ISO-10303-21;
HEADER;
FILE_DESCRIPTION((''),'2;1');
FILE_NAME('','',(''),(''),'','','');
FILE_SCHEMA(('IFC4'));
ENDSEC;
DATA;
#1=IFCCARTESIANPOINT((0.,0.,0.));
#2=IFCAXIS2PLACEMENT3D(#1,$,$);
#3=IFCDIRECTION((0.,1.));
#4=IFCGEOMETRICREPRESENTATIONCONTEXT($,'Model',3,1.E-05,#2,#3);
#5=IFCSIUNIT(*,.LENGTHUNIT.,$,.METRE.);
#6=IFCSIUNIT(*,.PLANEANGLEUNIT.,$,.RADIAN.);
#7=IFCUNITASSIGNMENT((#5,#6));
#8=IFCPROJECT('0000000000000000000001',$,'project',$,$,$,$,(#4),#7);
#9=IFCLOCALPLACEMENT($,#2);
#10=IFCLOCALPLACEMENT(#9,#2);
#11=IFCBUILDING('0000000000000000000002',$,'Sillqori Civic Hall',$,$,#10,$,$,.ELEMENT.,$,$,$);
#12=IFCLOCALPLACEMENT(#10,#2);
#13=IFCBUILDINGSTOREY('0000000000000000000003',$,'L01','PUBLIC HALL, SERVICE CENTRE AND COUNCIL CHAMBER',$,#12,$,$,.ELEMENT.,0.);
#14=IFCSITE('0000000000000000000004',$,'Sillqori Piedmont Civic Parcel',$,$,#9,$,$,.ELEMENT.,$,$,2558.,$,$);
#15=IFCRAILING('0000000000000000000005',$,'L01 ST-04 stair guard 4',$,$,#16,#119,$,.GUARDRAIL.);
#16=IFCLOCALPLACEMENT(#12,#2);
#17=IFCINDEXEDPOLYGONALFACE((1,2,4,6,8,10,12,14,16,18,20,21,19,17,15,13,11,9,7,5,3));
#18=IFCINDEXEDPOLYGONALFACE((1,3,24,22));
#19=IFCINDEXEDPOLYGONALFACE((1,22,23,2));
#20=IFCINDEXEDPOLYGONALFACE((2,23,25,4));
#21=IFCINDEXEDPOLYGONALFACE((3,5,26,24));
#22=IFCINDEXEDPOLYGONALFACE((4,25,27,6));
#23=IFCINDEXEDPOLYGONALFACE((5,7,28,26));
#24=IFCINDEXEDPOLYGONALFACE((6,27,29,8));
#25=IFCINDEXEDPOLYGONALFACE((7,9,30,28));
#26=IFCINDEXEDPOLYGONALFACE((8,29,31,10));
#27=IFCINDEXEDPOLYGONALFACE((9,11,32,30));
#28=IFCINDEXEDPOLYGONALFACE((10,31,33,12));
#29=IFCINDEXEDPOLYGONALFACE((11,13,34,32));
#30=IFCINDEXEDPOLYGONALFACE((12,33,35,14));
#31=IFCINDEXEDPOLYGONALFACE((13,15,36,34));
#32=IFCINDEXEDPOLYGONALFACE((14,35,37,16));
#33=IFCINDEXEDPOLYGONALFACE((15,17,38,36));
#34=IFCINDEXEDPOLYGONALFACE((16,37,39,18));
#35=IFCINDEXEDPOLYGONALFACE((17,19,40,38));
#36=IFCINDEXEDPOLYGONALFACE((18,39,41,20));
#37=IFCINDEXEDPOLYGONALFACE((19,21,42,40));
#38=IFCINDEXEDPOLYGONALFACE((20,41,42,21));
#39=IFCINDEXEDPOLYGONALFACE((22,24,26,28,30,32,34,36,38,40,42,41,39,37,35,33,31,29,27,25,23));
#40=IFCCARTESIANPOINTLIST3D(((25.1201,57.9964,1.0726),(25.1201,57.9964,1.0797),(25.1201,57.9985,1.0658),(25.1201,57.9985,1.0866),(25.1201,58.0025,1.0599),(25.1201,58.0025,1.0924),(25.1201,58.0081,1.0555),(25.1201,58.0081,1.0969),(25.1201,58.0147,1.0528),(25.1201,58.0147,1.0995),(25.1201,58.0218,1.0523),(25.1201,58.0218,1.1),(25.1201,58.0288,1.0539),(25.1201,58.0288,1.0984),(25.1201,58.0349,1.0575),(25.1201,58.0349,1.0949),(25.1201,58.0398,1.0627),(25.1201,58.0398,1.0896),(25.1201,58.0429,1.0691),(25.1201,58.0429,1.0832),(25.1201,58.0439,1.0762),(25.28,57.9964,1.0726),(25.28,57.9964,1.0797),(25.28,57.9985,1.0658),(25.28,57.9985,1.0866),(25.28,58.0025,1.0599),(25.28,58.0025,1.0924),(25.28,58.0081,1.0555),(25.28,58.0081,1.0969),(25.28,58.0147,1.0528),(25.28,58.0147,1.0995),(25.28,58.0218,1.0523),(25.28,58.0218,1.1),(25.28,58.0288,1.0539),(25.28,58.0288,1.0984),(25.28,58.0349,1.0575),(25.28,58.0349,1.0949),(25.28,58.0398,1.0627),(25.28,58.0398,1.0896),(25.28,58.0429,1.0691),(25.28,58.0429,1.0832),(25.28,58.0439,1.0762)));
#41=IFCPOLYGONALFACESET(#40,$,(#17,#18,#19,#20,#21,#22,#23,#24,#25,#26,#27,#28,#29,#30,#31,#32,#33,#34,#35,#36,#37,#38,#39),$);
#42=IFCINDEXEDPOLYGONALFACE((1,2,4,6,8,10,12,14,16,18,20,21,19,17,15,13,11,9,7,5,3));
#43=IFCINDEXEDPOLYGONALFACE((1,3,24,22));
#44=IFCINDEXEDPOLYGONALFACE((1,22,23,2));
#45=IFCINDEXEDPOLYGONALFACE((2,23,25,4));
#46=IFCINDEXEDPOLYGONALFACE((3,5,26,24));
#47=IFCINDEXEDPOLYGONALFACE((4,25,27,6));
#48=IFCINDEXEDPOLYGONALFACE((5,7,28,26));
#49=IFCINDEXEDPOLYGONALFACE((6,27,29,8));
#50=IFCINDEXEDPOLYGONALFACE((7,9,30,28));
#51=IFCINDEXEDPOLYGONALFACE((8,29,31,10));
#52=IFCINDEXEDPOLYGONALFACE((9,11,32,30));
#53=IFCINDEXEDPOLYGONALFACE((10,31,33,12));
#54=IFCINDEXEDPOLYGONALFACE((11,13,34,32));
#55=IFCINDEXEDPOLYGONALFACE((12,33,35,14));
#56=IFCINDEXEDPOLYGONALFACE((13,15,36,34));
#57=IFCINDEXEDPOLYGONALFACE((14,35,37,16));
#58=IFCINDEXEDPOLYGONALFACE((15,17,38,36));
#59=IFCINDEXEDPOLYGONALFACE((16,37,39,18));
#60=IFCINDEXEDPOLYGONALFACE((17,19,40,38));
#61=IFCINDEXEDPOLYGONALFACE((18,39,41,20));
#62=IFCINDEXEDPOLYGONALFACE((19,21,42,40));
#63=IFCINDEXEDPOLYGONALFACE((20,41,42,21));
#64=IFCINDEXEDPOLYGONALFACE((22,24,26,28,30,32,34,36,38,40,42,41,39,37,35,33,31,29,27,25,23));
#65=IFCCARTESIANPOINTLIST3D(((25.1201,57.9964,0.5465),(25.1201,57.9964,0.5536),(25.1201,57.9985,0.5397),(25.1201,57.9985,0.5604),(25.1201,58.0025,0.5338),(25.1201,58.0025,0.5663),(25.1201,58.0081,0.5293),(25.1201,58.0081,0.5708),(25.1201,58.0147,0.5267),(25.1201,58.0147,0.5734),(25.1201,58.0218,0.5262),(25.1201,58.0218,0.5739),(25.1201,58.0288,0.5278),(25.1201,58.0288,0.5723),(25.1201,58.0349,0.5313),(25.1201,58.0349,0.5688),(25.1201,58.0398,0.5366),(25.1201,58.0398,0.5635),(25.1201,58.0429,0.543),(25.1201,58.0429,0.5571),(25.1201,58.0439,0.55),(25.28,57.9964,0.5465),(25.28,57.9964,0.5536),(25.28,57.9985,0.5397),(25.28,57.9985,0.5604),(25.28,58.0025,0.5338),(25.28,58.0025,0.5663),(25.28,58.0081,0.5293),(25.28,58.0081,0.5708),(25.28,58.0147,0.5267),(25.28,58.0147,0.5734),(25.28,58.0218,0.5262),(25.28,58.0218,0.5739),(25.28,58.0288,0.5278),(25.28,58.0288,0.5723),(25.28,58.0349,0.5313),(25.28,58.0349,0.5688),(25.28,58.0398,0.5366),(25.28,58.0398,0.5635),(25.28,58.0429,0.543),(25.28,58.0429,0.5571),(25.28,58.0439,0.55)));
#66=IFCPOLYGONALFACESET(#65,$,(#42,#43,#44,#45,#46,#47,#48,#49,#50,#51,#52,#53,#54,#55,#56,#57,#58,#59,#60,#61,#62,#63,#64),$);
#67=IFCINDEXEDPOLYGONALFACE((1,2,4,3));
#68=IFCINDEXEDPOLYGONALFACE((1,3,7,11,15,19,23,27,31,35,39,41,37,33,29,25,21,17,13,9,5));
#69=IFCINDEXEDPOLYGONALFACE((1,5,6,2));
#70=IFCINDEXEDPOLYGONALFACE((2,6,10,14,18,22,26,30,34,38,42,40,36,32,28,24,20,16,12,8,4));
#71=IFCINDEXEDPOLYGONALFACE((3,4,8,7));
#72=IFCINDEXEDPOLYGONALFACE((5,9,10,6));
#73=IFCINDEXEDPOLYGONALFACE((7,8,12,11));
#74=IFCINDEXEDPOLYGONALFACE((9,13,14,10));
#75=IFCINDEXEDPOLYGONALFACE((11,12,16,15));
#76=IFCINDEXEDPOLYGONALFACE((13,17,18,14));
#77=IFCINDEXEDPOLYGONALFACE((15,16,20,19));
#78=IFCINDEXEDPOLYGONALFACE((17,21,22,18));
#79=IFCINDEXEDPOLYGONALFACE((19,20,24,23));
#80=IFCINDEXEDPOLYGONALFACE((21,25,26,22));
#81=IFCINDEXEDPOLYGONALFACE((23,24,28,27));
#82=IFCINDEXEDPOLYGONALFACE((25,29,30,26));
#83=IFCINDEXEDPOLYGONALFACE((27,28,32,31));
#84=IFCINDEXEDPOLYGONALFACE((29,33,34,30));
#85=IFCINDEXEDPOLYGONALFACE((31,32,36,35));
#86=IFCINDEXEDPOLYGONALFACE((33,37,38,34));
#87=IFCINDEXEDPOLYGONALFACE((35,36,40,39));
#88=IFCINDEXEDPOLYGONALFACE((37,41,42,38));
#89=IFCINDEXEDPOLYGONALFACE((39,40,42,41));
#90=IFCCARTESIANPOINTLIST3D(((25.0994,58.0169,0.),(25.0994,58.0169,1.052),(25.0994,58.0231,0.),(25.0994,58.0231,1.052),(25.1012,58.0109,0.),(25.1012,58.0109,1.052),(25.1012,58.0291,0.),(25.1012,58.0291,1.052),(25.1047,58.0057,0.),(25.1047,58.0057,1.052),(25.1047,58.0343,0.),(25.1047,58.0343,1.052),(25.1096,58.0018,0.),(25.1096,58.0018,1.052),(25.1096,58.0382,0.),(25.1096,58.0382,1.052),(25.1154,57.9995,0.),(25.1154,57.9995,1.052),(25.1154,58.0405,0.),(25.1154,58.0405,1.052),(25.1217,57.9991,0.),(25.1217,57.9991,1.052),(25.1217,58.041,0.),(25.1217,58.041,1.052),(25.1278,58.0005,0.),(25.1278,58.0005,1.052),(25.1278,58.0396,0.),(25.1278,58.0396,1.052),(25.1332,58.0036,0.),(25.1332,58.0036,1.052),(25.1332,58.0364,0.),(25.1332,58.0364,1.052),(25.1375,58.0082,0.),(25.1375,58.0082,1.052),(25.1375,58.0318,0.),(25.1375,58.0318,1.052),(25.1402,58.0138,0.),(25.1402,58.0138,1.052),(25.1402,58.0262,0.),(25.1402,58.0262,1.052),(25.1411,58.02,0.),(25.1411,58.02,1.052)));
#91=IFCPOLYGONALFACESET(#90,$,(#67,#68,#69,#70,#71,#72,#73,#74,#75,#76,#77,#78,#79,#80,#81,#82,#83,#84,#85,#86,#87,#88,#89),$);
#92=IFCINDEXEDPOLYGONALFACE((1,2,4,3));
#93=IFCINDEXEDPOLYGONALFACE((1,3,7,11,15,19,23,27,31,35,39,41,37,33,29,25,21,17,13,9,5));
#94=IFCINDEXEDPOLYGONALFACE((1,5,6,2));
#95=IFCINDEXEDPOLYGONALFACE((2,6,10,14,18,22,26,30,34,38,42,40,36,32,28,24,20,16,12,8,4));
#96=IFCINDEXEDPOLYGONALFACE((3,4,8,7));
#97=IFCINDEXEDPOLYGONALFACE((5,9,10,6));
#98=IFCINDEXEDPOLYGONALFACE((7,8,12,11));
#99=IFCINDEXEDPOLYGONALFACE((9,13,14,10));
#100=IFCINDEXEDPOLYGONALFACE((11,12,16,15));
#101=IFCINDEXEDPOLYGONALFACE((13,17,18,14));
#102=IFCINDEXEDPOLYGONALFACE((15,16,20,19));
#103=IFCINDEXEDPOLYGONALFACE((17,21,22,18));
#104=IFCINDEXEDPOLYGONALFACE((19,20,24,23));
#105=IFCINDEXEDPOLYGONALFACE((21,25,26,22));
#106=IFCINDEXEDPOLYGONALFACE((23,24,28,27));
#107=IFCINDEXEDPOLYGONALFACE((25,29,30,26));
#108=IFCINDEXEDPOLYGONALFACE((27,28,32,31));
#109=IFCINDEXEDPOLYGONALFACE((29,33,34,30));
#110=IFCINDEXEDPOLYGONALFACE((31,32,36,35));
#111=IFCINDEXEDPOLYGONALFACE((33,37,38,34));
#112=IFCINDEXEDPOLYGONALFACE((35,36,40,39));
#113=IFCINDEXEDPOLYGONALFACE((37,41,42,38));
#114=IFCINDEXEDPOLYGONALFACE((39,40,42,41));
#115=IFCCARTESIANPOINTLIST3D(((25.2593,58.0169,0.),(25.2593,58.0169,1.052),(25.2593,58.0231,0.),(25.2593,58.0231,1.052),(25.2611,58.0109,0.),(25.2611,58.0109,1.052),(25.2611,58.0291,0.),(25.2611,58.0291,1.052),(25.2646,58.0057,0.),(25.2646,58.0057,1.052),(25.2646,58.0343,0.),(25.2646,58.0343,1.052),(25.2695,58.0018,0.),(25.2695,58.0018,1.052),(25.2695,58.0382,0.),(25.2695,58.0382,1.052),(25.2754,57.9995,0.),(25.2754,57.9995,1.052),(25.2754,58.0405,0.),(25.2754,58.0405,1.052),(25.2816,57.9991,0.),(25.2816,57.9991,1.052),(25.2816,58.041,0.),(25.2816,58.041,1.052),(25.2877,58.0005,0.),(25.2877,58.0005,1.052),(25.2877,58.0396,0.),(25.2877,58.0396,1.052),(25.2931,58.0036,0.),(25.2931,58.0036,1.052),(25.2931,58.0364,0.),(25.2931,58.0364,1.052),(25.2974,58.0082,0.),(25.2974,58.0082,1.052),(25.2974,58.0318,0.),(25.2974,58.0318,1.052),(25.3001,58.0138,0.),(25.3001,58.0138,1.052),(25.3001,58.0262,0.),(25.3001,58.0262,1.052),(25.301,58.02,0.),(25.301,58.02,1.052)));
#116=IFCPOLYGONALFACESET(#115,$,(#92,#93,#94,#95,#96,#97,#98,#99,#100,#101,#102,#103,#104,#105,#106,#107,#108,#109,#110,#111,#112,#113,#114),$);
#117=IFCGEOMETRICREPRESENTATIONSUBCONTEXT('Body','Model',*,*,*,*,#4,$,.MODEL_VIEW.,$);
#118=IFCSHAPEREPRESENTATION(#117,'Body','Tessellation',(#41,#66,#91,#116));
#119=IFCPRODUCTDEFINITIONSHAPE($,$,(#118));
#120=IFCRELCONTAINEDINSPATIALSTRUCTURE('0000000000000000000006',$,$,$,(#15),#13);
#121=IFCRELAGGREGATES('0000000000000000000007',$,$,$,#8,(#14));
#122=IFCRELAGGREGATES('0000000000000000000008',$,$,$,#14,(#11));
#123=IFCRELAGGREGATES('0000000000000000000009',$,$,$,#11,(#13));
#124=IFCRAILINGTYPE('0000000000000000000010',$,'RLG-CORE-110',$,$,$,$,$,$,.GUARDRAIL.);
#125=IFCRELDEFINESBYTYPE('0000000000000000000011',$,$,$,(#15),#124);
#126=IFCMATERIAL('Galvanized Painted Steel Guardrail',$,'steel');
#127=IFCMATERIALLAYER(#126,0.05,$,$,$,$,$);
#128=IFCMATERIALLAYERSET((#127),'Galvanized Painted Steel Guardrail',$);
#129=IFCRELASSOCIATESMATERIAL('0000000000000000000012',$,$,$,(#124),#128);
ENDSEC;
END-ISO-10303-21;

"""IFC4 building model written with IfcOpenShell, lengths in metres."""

from ifc_helpers import new_model, si_unit, direction, frame, origin, origin_2d, place, context, subcontext, project, spatial, circle, extrude, material, layer, layer_set, type_object, element, save


model = new_model("IFC4")

# Units and contexts
model_context = context("Model", 3, precision=1e-05, world=origin(), true_north=direction((0.0, 1.0)))
body_context = subcontext(model_context, "Body", "Model", "MODEL_VIEW")
ifc_project = project(units=[si_unit("LENGTHUNIT", "METRE"), si_unit("PLANEANGLEUNIT", "RADIAN")], contexts=[model_context])

# Site, building, storey
site_placement = place(None, origin())
site = spatial("IfcSite", under=ifc_project, at=site_placement, Name="Sillqori Piedmont Civic Parcel", CompositionType="ELEMENT", RefElevation=2558.0)
building_placement = place(site_placement, origin())
building = spatial("IfcBuilding", under=site, at=building_placement, Name="Sillqori Civic Hall", CompositionType="ELEMENT")
storey_placement = place(building_placement, origin())
storey = spatial("IfcBuildingStorey", under=building, at=storey_placement, Name="L01", Description="PUBLIC HALL, SERVICE CENTRE AND COUNCIL CHAMBER", CompositionType="ELEMENT", Elevation=0.0)

# Railing
ifc_material_1 = material(Name="Galvanized Painted Steel Guardrail", Category="steel")
ifc_layer_1 = layer(ifc_material_1, 0.05)
ifc_layer_set_1 = layer_set([ifc_layer_1], Name="Galvanized Painted Steel Guardrail")
railing_type_1 = type_object("IfcRailingType", Name="RLG-CORE-110", PredefinedType="GUARDRAIL", material=ifc_layer_set_1)
railing_1_placement = place(storey_placement, frame((25.1201, 58.02, 0.0)))
element("IfcRailing", 1, at=railing_1_placement, inside=storey, type_object=railing_type_1, Name="L01 ST-04 stair guard 4", PredefinedType="GUARDRAIL", context=body_context, shape_type="SweptSolid", body=[
    extrude(circle(Radius=0.0239, at=origin_2d()), frame((0.0, 0.0, 1.0762), z_axis=(1.0, 0.0, 0.0), x_axis=(0.0, 1.0, 0.0)), (0.0, 0.0, 1.0), 0.1599),
    extrude(circle(Radius=0.0239, at=origin_2d()), frame((0.0, 0.0, 0.55), z_axis=(1.0, 0.0, 0.0), x_axis=(0.0, 1.0, 0.0)), (0.0, 0.0, 1.0), 0.1599),
    extrude(circle(Radius=0.021, at=origin_2d()), origin(), (0.0, 0.0, 1.0), 1.052),
    extrude(circle(Radius=0.021, at=origin_2d()), frame((0.1599, 0.0, 0.0)), (0.0, 0.0, 1.0), 1.052),
])

save(model, "model.ifc")
